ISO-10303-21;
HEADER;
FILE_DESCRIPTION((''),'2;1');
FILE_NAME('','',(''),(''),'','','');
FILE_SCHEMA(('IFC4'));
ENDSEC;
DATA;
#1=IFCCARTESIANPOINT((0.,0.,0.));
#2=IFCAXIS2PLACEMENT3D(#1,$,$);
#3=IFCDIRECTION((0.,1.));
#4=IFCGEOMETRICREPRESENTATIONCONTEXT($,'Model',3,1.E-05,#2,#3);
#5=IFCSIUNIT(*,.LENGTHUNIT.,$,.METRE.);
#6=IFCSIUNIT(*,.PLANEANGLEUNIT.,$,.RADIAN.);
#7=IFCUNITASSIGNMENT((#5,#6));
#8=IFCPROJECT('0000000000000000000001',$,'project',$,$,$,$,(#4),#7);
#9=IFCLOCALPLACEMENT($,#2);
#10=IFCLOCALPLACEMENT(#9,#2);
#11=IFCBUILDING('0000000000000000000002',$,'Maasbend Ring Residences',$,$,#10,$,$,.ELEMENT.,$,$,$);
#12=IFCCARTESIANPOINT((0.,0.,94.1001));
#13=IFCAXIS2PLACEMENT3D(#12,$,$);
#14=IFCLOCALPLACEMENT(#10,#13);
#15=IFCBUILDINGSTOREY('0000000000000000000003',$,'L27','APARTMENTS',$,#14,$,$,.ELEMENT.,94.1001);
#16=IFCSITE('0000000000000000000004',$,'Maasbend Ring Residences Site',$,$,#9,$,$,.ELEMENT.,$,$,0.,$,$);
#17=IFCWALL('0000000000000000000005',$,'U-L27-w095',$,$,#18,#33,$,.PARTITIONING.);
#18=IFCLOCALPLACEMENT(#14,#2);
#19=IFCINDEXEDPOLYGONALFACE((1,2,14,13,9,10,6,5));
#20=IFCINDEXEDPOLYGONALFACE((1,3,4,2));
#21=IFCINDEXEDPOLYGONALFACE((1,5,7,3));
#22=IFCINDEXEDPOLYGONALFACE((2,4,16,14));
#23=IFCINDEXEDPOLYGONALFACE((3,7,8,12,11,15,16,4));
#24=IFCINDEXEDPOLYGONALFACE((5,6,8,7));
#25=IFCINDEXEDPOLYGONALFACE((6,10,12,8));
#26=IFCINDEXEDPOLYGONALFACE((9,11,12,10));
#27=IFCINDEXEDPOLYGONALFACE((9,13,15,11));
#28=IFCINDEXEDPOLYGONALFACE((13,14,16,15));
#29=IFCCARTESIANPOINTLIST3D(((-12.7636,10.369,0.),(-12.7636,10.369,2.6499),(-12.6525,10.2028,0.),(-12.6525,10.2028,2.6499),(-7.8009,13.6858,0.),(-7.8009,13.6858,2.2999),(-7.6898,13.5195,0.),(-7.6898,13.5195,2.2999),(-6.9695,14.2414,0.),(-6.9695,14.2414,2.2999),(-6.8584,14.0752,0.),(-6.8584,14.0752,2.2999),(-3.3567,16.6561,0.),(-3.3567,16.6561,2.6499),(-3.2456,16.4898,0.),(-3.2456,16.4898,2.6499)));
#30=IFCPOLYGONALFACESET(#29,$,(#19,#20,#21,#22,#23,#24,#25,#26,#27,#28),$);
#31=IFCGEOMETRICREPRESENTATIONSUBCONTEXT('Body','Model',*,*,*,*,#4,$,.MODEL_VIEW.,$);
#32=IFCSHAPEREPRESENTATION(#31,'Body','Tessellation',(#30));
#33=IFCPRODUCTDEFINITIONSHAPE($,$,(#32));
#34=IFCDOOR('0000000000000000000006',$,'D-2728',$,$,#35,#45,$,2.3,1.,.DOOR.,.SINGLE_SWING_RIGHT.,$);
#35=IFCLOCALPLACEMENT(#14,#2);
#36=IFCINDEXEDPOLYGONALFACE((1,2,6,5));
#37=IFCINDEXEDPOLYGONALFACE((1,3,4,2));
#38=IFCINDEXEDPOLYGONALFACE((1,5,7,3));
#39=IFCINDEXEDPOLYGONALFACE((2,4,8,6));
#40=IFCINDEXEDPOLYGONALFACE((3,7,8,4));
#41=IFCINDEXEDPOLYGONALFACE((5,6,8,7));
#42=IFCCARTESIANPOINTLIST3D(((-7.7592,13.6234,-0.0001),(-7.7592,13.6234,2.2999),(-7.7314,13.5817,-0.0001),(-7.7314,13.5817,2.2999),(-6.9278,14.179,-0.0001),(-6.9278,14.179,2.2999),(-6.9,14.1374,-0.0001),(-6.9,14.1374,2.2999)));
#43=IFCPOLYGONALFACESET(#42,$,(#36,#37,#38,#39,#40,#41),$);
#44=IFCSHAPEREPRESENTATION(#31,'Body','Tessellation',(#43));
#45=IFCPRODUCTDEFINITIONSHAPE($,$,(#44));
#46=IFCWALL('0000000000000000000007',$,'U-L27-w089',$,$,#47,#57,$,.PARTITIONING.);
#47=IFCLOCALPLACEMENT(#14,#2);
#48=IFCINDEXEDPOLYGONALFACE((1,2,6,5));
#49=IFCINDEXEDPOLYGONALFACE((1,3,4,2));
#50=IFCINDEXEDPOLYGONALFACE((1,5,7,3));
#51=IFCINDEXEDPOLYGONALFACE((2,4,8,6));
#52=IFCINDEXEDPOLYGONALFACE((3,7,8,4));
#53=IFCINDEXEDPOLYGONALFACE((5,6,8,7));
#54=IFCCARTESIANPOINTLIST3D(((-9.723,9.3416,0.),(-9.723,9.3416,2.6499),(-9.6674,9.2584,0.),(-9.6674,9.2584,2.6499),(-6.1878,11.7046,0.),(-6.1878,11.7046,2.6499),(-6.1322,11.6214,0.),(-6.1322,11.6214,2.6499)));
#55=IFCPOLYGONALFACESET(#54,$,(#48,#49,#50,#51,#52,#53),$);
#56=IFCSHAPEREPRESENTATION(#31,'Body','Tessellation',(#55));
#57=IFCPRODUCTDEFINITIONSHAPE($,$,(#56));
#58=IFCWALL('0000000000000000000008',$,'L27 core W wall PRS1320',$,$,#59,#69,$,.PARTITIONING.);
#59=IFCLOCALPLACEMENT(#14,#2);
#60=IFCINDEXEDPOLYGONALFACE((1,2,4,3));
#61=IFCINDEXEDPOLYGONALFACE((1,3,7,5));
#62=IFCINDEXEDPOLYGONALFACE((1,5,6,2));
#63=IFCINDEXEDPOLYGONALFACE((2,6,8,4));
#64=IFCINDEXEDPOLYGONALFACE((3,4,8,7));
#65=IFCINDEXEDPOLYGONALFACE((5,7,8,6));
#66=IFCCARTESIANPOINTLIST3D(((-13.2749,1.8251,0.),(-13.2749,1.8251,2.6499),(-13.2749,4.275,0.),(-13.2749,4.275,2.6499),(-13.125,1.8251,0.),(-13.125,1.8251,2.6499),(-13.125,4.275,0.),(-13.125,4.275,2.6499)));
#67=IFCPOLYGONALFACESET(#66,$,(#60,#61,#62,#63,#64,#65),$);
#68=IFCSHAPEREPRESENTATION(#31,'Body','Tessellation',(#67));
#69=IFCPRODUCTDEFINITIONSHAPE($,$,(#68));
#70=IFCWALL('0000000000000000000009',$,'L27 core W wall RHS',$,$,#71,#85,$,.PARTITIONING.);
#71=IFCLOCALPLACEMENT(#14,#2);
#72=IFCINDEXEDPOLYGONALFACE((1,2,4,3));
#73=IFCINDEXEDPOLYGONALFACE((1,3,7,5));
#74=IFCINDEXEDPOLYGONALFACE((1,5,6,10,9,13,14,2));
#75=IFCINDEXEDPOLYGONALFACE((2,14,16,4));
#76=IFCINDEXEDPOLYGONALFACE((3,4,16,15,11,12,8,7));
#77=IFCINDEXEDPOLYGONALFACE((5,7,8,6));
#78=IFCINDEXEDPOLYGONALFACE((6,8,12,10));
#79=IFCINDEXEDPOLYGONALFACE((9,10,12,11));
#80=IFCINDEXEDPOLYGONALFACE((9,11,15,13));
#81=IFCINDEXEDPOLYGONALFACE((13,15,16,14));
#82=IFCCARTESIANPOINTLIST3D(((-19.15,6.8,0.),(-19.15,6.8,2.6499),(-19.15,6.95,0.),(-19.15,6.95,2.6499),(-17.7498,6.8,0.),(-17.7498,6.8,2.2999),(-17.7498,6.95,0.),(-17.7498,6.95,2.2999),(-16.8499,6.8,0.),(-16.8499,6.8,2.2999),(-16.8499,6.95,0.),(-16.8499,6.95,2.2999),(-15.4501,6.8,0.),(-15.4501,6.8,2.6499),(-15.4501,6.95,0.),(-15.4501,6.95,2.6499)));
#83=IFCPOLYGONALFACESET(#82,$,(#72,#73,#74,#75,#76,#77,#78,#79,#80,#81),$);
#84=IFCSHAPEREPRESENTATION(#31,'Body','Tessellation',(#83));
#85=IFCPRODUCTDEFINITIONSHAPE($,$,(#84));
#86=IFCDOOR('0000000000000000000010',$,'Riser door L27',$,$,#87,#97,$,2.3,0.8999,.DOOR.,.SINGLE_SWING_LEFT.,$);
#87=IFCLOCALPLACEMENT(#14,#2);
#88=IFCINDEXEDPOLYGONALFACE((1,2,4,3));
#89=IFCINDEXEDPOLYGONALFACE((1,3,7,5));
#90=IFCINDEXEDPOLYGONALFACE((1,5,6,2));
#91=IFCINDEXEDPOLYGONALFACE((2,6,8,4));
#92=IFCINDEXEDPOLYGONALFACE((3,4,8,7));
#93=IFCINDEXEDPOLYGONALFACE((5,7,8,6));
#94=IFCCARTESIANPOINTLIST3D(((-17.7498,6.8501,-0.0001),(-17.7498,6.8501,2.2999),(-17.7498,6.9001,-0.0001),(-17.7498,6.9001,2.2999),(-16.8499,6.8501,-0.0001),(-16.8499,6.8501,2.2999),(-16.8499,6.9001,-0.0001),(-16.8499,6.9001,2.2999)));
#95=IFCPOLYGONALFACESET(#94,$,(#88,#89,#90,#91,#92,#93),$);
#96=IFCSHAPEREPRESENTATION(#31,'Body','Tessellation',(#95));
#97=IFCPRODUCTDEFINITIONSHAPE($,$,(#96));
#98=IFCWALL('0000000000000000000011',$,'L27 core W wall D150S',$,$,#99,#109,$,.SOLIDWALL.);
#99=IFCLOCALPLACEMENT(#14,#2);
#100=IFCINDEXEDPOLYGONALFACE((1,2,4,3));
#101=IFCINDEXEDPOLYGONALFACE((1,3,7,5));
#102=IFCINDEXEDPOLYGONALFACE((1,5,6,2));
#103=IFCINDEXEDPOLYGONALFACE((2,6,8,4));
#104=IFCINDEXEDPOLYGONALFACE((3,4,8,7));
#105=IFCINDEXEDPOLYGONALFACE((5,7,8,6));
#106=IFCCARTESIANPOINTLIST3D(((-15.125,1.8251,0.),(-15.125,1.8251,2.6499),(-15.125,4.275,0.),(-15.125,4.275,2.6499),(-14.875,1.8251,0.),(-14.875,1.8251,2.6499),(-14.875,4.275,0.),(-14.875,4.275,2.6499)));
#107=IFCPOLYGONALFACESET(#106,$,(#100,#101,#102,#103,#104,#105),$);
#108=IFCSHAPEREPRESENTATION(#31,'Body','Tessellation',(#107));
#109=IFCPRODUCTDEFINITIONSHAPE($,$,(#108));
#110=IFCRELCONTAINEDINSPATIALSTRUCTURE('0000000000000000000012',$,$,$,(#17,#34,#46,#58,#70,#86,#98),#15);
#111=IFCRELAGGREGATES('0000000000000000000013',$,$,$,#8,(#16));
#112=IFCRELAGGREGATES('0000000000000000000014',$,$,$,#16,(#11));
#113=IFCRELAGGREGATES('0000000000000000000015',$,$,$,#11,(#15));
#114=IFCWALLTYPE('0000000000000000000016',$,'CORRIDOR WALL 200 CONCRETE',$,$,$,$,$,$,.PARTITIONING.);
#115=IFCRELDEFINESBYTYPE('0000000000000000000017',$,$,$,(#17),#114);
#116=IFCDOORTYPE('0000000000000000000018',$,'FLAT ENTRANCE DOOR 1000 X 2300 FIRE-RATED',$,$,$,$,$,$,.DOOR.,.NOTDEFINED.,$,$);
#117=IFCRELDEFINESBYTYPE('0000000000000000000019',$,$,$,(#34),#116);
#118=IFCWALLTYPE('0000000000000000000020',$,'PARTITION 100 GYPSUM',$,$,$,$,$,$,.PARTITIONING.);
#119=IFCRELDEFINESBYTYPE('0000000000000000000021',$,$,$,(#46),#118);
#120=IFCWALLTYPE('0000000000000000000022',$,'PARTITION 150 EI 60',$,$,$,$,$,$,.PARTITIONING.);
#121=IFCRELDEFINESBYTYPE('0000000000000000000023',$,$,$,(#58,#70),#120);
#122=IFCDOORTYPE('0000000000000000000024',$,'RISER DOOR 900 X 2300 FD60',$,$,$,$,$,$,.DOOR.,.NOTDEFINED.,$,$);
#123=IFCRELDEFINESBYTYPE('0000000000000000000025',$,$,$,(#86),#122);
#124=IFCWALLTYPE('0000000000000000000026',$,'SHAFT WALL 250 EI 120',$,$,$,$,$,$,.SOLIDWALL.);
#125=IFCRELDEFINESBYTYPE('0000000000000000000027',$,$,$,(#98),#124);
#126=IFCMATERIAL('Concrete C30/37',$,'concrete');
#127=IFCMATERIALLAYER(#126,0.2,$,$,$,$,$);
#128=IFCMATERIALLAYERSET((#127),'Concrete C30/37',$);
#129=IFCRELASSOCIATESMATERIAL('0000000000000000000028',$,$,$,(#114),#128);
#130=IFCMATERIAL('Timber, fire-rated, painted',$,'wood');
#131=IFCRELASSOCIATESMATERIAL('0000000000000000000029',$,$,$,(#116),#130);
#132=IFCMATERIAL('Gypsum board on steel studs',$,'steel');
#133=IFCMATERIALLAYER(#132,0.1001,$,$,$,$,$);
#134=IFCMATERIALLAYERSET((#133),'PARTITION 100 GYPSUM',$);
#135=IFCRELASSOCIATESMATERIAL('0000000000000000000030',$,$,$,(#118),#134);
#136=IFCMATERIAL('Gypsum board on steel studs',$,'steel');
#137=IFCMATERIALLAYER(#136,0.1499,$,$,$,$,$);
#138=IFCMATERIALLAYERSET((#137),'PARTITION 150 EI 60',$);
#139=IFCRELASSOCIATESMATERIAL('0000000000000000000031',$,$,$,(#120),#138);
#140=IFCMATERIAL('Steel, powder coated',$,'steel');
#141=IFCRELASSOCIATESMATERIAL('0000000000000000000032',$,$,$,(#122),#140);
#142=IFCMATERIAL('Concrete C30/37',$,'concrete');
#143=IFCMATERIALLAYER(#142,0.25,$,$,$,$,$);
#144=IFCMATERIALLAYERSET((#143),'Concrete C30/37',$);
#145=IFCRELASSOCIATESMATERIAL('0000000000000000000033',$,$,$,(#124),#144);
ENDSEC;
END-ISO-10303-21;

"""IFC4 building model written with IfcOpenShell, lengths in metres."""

from ifc_helpers import new_model, si_unit, direction, frame, frame_2d, origin, place, context, subcontext, project, spatial, rectangle, extrude, material, layer, layer_set, type_object, element, fill, save


model = new_model("IFC4")

# Units and contexts
model_context = context("Model", 3, precision=1e-05, world=origin(), true_north=direction((0.0, 1.0)))
body_context = subcontext(model_context, "Body", "Model", "MODEL_VIEW")
ifc_project = project(units=[si_unit("LENGTHUNIT", "METRE"), si_unit("PLANEANGLEUNIT", "RADIAN")], contexts=[model_context])

# Site, building, storey
site_placement = place(None, origin())
site = spatial("IfcSite", under=ifc_project, at=site_placement, Name="Maasbend Ring Residences Site", CompositionType="ELEMENT", RefElevation=0.0)
building_placement = place(site_placement, origin())
building = spatial("IfcBuilding", under=site, at=building_placement, Name="Maasbend Ring Residences", CompositionType="ELEMENT")
storey_placement = place(building_placement, frame((0.0, 0.0, 94.1001)))
storey = spatial("IfcBuildingStorey", under=building, at=storey_placement, Name="L27", Description="APARTMENTS", CompositionType="ELEMENT", Elevation=94.1001)

# Wall, opening, door
ifc_material_1 = material(Name="Concrete C30/37", Category="concrete")
ifc_layer_1 = layer(ifc_material_1, 0.2)
ifc_layer_set_1 = layer_set([ifc_layer_1], Name="Concrete C30/37")
wall_type_1 = type_object("IfcWallType", Name="CORRIDOR WALL 200 CONCRETE", PredefinedType="PARTITIONING", material=ifc_layer_set_1)
wall_1_placement = place(storey_placement, frame((-12.708, 10.2859, 0.0), z_axis=(0.0, 0.0, 1.0), x_axis=(0.831406, 0.555666, 0.0)))
wall_1 = element("IfcWall", 1, at=wall_1_placement, inside=storey, type_object=wall_type_1, Name="U-L27-w095", PredefinedType="PARTITIONING", context=body_context, shape_type="SweptSolid", body=[
    extrude(rectangle(XDim=11.3145, YDim=0.2, at=frame_2d((5.6572, 0.0))), origin(), (0.0, 0.0, 1.0), 2.6499),
])
opening_1_placement = place(wall_1_placement, frame((5.969, 0.0, 0.0)))
opening_1 = element("IfcOpeningElement", 2, at=opening_1_placement, cuts=wall_1, PredefinedType="OPENING", context=body_context, shape_type="SweptSolid", body=[
    extrude(rectangle(XDim=1.0, YDim=2.3, at=frame_2d((0.5, 1.1499))), frame((0.0, 0.1099, 0.0), z_axis=(0.0, -1.0, 0.0), x_axis=(1.0, 0.0, 0.0)), (0.0, 0.0, 1.0), 0.22),
])
ifc_material_2 = material(Name="Timber, fire-rated, painted", Category="wood")
door_type_1 = type_object("IfcDoorType", Name="FLAT ENTRANCE DOOR 1000 X 2300 FIRE-RATED", OperationType="NOTDEFINED", PredefinedType="DOOR", material=ifc_material_2)
door_1_placement = place(opening_1_placement, origin())
door_1 = element("IfcDoor", 3, at=door_1_placement, inside=storey, type_object=door_type_1, Name="D-2728", OperationType="SINGLE_SWING_RIGHT", OverallHeight=2.3, OverallWidth=1.0, PredefinedType="DOOR", context=body_context, shape_type="SweptSolid", body=[
    extrude(rectangle(XDim=1.0, YDim=2.3, at=frame_2d((0.5, 1.1499))), frame((0.0, 0.0249, 0.0), z_axis=(0.0, -1.0, 0.0), x_axis=(1.0, 0.0, 0.0)), (0.0, 0.0, 1.0), 0.05),
])
fill(opening_1, door_1)

# Walls
ifc_material_3 = material(Name="Gypsum board on steel studs", Category="steel")
ifc_layer_2 = layer(ifc_material_3, 0.1001)
ifc_layer_set_2 = layer_set([ifc_layer_2], Name="PARTITION 100 GYPSUM")
wall_type_2 = type_object("IfcWallType", Name="PARTITION 100 GYPSUM", PredefinedType="PARTITIONING", material=ifc_layer_set_2)
wall_2_placement = place(storey_placement, frame((-9.6951, 9.3, 0.0), z_axis=(0.0, 0.0, 1.0), x_axis=(0.83137, 0.55572, 0.0)))
element("IfcWall", 4, at=wall_2_placement, inside=storey, type_object=wall_type_2, Name="U-L27-w089", PredefinedType="PARTITIONING", context=body_context, shape_type="SweptSolid", body=[
    extrude(rectangle(XDim=4.2522, YDim=0.1001, at=frame_2d((2.126, 0.0))), origin(), (0.0, 0.0, 1.0), 2.6499),
])
ifc_material_4 = material(Name="Gypsum board on steel studs", Category="steel")
ifc_layer_3 = layer(ifc_material_4, 0.1499)
ifc_layer_set_3 = layer_set([ifc_layer_3], Name="PARTITION 150 EI 60")
wall_type_3 = type_object("IfcWallType", Name="PARTITION 150 EI 60", PredefinedType="PARTITIONING", material=ifc_layer_set_3)
wall_3_placement = place(storey_placement, frame((-13.2, 1.825, 0.0), z_axis=(0.0, 0.0, 1.0), x_axis=(0.0, 1.0, 0.0)))
element("IfcWall", 5, at=wall_3_placement, inside=storey, type_object=wall_type_3, Name="L27 core W wall PRS1320", PredefinedType="PARTITIONING", context=body_context, shape_type="SweptSolid", body=[
    extrude(rectangle(XDim=2.45, YDim=0.1499, at=frame_2d((1.2251, 0.0))), origin(), (0.0, 0.0, 1.0), 2.6499),
])

# Wall, opening, door
wall_4_placement = place(storey_placement, frame((-15.45, 6.875, 0.0), z_axis=(0.0, 0.0, 1.0), x_axis=(-1.0, 0.0, 0.0)))
wall_4 = element("IfcWall", 6, at=wall_4_placement, inside=storey, type_object=wall_type_3, Name="L27 core W wall RHS", PredefinedType="PARTITIONING", context=body_context, shape_type="SweptSolid", body=[
    extrude(rectangle(XDim=3.7, YDim=0.1499, at=frame_2d((1.8501, 0.0))), origin(), (0.0, 0.0, 1.0), 2.6499),
])
opening_2_placement = place(wall_4_placement, frame((1.3999, 0.0, 0.0)))
opening_2 = element("IfcOpeningElement", 7, at=opening_2_placement, cuts=wall_4, PredefinedType="OPENING", context=body_context, shape_type="SweptSolid", body=[
    extrude(rectangle(XDim=0.8999, YDim=2.3, at=frame_2d((0.45, 1.1499))), frame((0.0, 0.085, 0.0), z_axis=(0.0, -1.0, 0.0), x_axis=(1.0, 0.0, 0.0)), (0.0, 0.0, 1.0), 0.1699),
])
ifc_material_5 = material(Name="Steel, powder coated", Category="steel")
door_type_2 = type_object("IfcDoorType", Name="RISER DOOR 900 X 2300 FD60", OperationType="NOTDEFINED", PredefinedType="DOOR", material=ifc_material_5)
door_2_placement = place(opening_2_placement, origin())
door_2 = element("IfcDoor", 8, at=door_2_placement, inside=storey, type_object=door_type_2, Name="Riser door L27", OperationType="SINGLE_SWING_LEFT", OverallHeight=2.3, OverallWidth=0.8999, PredefinedType="DOOR", context=body_context, shape_type="SweptSolid", body=[
    extrude(rectangle(XDim=0.8999, YDim=2.3, at=frame_2d((0.45, 1.1499))), frame((0.0, 0.0249, 0.0), z_axis=(0.0, -1.0, 0.0), x_axis=(1.0, 0.0, 0.0)), (0.0, 0.0, 1.0), 0.05),
])
fill(opening_2, door_2)

# Wall
ifc_material_6 = material(Name="Concrete C30/37", Category="concrete")
ifc_layer_4 = layer(ifc_material_6, 0.25)
ifc_layer_set_4 = layer_set([ifc_layer_4], Name="Concrete C30/37")
wall_type_4 = type_object("IfcWallType", Name="SHAFT WALL 250 EI 120", PredefinedType="SOLIDWALL", material=ifc_layer_set_4)
wall_5_placement = place(storey_placement, frame((-15.0, 1.825, 0.0), z_axis=(0.0, 0.0, 1.0), x_axis=(0.0, 1.0, 0.0)))
element("IfcWall", 9, at=wall_5_placement, inside=storey, type_object=wall_type_4, Name="L27 core W wall D150S", PredefinedType="SOLIDWALL", context=body_context, shape_type="SweptSolid", body=[
    extrude(rectangle(XDim=2.45, YDim=0.25, at=frame_2d((1.2251, 0.0))), origin(), (0.0, 0.0, 1.0), 2.6499),
])

save(model, "model.ifc")
